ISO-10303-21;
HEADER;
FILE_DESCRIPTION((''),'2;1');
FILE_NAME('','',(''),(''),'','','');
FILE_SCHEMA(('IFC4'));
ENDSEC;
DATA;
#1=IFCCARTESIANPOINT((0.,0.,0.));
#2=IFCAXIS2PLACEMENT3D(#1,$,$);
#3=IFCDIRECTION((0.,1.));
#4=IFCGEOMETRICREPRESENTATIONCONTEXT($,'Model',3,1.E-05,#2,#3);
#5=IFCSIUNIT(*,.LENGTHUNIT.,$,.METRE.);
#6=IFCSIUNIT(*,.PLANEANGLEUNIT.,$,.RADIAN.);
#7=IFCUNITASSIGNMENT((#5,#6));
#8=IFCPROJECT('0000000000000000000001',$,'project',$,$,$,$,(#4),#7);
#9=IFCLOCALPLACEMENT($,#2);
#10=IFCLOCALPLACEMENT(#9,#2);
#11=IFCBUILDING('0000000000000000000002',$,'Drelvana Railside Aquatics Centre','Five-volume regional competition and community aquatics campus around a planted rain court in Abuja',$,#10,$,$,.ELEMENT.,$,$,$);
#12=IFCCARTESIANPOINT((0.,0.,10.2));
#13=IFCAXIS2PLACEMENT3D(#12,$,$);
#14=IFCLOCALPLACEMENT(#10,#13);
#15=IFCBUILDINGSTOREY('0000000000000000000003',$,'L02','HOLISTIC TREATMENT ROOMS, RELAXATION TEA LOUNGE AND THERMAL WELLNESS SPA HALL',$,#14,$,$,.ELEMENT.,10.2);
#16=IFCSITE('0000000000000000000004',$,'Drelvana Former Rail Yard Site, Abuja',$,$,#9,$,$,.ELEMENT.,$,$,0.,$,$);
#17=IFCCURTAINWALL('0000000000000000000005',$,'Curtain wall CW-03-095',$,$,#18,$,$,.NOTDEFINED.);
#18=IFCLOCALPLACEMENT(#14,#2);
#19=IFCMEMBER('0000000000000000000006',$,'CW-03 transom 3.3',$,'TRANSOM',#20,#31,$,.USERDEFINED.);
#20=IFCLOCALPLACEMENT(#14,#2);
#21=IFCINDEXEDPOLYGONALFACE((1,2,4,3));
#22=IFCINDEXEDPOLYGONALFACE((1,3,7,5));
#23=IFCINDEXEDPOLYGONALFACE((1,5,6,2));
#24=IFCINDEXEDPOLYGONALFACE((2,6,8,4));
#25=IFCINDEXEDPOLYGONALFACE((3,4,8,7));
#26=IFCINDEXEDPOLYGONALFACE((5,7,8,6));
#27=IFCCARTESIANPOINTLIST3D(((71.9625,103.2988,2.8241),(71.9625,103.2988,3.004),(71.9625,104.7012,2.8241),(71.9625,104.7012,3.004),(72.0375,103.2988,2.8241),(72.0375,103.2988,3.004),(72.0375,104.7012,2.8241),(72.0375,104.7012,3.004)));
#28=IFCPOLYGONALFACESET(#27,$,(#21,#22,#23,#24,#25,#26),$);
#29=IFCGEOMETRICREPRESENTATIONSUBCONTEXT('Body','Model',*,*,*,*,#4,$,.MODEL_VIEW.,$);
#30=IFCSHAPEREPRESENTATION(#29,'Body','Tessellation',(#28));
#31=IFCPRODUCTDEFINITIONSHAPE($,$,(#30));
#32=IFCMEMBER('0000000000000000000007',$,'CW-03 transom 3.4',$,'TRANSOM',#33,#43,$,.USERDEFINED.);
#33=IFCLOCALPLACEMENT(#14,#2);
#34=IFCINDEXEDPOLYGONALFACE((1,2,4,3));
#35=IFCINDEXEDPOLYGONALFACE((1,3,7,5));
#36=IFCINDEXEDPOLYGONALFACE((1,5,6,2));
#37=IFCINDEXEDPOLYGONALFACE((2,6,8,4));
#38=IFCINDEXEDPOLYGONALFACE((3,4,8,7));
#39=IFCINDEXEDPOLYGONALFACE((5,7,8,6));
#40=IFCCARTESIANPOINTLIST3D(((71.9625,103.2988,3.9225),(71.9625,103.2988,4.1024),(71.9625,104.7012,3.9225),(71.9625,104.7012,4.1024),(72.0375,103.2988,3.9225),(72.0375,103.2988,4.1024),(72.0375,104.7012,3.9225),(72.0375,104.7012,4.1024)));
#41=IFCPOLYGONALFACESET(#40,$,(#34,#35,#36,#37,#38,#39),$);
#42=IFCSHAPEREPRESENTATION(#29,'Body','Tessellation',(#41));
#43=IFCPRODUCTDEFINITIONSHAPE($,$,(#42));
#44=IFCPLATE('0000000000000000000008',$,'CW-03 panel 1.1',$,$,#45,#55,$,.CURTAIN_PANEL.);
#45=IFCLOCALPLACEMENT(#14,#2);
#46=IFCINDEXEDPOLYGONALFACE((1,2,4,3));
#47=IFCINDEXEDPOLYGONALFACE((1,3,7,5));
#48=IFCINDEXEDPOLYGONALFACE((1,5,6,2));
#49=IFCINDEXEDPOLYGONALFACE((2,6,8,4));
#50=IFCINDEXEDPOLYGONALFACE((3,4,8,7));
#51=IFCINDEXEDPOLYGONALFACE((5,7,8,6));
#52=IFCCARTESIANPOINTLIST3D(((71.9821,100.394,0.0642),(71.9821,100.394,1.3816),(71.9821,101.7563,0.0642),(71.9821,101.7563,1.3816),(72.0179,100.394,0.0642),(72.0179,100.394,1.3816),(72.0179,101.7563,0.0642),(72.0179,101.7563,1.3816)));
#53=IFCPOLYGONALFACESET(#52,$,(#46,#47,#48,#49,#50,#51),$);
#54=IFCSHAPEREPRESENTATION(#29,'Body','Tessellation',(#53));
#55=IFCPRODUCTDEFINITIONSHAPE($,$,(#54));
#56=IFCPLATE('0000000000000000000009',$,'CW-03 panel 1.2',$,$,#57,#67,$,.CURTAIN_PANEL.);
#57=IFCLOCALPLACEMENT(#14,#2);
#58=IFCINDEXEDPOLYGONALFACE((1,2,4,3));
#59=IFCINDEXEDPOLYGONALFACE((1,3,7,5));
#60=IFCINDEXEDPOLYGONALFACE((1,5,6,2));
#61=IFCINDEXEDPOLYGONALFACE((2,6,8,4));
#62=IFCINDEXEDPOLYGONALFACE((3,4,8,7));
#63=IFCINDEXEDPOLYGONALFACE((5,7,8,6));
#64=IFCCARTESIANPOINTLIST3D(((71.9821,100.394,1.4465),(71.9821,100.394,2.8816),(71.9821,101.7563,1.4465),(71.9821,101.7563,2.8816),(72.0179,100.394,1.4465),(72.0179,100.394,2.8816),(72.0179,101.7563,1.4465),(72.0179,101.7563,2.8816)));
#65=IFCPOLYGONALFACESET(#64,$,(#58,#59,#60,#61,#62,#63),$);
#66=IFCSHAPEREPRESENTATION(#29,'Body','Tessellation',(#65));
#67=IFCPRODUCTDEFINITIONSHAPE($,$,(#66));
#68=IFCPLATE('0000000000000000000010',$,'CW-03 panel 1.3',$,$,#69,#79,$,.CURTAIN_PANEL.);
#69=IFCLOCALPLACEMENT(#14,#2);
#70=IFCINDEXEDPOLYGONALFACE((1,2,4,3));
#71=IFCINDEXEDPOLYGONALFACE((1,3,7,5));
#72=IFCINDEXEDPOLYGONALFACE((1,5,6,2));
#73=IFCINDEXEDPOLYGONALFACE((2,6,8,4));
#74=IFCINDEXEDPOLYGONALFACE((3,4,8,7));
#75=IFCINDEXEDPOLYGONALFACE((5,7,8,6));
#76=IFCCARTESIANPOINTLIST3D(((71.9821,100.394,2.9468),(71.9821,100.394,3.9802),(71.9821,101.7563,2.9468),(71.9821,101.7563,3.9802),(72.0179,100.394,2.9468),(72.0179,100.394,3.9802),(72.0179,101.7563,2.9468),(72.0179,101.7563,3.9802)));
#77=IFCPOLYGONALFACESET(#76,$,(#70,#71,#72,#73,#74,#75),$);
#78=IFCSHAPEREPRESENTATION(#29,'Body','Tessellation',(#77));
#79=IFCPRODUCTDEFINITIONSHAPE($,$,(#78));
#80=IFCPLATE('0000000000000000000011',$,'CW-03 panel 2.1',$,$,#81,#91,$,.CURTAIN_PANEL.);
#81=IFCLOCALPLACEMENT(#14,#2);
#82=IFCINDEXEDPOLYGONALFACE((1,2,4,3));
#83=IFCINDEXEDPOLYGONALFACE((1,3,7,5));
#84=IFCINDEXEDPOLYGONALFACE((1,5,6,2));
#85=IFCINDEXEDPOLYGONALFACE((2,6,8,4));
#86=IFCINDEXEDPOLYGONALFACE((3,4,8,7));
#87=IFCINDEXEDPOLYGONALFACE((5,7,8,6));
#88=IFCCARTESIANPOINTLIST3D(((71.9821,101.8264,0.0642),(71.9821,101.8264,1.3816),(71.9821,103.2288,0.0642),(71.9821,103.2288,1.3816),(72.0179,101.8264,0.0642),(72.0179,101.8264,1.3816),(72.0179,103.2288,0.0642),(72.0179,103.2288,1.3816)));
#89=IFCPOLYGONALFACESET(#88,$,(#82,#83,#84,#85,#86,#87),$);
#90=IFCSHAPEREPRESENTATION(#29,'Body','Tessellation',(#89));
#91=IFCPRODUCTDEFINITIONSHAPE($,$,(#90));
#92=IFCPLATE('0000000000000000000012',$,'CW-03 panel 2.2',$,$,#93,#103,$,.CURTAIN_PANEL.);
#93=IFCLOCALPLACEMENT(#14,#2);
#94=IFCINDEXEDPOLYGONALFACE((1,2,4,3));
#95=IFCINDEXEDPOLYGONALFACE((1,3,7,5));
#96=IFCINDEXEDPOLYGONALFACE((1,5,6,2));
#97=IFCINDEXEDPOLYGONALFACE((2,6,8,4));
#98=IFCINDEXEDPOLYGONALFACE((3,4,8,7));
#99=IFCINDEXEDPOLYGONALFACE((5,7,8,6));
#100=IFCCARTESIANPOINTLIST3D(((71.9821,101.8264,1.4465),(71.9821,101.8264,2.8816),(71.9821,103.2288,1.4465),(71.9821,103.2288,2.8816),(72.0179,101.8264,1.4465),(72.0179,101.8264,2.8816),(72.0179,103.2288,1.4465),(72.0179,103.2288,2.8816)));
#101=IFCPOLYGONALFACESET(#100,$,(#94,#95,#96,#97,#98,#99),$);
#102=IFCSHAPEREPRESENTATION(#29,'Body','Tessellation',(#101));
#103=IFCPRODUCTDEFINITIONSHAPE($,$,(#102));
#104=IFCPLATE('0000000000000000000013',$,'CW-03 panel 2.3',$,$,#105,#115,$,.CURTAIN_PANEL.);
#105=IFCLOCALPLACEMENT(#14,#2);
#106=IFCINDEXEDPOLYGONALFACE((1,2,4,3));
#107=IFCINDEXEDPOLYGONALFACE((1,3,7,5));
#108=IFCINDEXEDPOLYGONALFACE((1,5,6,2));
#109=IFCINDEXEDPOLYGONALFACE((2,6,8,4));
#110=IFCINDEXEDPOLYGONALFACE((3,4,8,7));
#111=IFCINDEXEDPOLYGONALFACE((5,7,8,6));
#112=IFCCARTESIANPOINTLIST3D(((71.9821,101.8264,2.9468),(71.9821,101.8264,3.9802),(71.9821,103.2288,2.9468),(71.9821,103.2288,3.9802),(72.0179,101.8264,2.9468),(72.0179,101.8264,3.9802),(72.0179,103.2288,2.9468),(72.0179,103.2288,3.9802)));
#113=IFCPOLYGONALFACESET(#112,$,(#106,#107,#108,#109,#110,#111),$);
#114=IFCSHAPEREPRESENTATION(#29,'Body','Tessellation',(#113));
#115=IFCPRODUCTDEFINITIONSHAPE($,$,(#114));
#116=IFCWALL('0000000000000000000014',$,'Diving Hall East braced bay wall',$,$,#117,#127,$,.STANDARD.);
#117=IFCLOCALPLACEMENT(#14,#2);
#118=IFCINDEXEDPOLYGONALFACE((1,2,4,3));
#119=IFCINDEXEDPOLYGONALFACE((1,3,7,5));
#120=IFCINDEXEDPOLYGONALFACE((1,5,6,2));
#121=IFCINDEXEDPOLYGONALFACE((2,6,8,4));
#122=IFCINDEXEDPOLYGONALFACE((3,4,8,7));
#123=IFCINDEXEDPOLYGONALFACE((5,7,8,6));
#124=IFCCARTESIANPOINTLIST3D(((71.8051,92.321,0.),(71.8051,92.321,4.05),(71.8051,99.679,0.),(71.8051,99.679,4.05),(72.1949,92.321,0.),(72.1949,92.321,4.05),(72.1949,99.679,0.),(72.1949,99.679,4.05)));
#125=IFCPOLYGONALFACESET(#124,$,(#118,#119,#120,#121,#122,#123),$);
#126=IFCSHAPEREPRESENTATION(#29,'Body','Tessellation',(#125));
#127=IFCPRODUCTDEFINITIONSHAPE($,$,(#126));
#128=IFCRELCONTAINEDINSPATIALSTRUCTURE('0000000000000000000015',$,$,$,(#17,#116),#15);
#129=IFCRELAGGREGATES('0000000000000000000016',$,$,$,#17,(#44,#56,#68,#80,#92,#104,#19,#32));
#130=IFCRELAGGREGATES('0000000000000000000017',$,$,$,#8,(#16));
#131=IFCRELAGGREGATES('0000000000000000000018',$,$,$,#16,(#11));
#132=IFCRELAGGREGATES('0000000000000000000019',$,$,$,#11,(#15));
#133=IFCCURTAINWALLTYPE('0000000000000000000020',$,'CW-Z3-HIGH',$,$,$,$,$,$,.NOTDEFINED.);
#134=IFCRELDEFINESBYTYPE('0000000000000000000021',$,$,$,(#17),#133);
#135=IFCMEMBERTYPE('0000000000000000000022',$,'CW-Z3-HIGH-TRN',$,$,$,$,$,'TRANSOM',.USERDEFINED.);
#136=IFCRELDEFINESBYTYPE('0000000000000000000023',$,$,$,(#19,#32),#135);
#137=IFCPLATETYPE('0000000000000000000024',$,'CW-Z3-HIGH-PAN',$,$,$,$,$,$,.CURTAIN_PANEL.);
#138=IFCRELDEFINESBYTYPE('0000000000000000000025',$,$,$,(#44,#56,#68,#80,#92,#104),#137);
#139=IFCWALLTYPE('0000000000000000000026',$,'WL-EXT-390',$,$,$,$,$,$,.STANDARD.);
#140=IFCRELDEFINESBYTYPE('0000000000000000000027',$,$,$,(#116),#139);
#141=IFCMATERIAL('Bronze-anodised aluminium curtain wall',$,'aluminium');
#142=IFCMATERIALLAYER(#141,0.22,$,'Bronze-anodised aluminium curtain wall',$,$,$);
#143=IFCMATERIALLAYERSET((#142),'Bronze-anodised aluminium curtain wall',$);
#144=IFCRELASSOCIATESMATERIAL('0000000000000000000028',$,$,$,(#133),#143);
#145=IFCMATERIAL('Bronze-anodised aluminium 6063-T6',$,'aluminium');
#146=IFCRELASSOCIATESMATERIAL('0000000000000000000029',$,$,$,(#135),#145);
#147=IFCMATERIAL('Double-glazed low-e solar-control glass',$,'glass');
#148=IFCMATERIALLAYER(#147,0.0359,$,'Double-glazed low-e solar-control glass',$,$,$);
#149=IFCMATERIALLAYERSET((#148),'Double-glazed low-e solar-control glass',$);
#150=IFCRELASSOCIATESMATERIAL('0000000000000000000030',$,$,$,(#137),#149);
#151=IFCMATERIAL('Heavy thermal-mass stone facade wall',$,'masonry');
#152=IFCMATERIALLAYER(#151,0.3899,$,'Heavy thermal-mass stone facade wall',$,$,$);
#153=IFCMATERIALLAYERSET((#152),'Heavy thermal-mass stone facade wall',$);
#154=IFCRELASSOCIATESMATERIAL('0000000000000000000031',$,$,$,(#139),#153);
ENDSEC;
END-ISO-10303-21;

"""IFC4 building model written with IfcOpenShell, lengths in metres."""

from ifc_helpers import new_model, si_unit, direction, frame, frame_2d, origin, origin_2d, place, context, subcontext, project, spatial, rectangle, extrude, material, layer, layer_set, material_profile, profile_set, type_object, element, aggregate, save


model = new_model("IFC4")

# Units and contexts
model_context = context("Model", 3, precision=1e-05, world=origin(), true_north=direction((0.0, 1.0)))
body_context = subcontext(model_context, "Body", "Model", "MODEL_VIEW")
ifc_project = project(units=[si_unit("LENGTHUNIT", "METRE"), si_unit("PLANEANGLEUNIT", "RADIAN")], contexts=[model_context])

# Site, building, storey
site_placement = place(None, origin())
site = spatial("IfcSite", under=ifc_project, at=site_placement, Name="Drelvana Former Rail Yard Site, Abuja", CompositionType="ELEMENT", RefElevation=0.0)
building_placement = place(site_placement, origin())
building = spatial("IfcBuilding", under=site, at=building_placement, Name="Drelvana Railside Aquatics Centre", Description="Five-volume regional competition and community aquatics campus around a planted rain court in Abuja", CompositionType="ELEMENT")
storey_placement = place(building_placement, frame((0.0, 0.0, 10.2)))
storey = spatial("IfcBuildingStorey", under=building, at=storey_placement, Name="L02", Description="HOLISTIC TREATMENT ROOMS, RELAXATION TEA LOUNGE AND THERMAL WELLNESS SPA HALL", CompositionType="ELEMENT", Elevation=10.2)

# Curtain wall, members, plates
ifc_material_1 = material(Name="Bronze-anodised aluminium curtain wall", Category="aluminium")
ifc_layer_1 = layer(ifc_material_1, 0.22, Name="Bronze-anodised aluminium curtain wall")
ifc_layer_set_1 = layer_set([ifc_layer_1], Name="Bronze-anodised aluminium curtain wall")
curtain_wall_type = type_object("IfcCurtainWallType", Name="CW-Z3-HIGH", PredefinedType="NOTDEFINED", material=ifc_layer_set_1)
curtain_wall_placement = place(storey_placement, origin())
curtain_wall = element("IfcCurtainWall", 1, at=curtain_wall_placement, inside=storey, type_object=curtain_wall_type, Name="Curtain wall CW-03-095", PredefinedType="NOTDEFINED")
ifc_material_2 = material(Name="Bronze-anodised aluminium 6063-T6", Category="aluminium")
ifc_material_profile_1 = material_profile(ifc_material_2, rectangle(XDim=0.1799, YDim=0.075, at=origin_2d()), Name="ALU-T 75x180")
ifc_profile_set_1 = profile_set([ifc_material_profile_1], Name="Bronze-anodised aluminium 6063-T6")
member_type_1 = type_object("IfcMemberType", Name="CW-Z3-HIGH-TRN", ElementType="TRANSOM", PredefinedType="USERDEFINED", material=ifc_profile_set_1)
member_1_placement = place(storey_placement, frame((72.0, 103.2988, 2.9141), z_axis=(0.0, 1.0, 0.0), x_axis=(0.0, 0.0, 1.0)))
member_1 = element("IfcMember", 2, at=member_1_placement, type_object=member_type_1, Name="CW-03 transom 3.3", ObjectType="TRANSOM", PredefinedType="USERDEFINED", context=body_context, shape_type="SweptSolid", body=[
    extrude(rectangle(XDim=0.1799, YDim=0.075, at=origin_2d()), origin(), (0.0, 0.0, 1.0), 1.4023),
])
member_2_placement = place(storey_placement, frame((72.0, 103.2988, 4.0125), z_axis=(0.0, 1.0, 0.0), x_axis=(0.0, 0.0, 1.0)))
member_2 = element("IfcMember", 3, at=member_2_placement, type_object=member_type_1, Name="CW-03 transom 3.4", ObjectType="TRANSOM", PredefinedType="USERDEFINED", context=body_context, shape_type="SweptSolid", body=[
    extrude(rectangle(XDim=0.1799, YDim=0.075, at=origin_2d()), origin(), (0.0, 0.0, 1.0), 1.4023),
])
ifc_material_3 = material(Name="Double-glazed low-e solar-control glass", Category="glass")
ifc_layer_2 = layer(ifc_material_3, 0.0359, Name="Double-glazed low-e solar-control glass")
ifc_layer_set_2 = layer_set([ifc_layer_2], Name="Double-glazed low-e solar-control glass")
plate_type = type_object("IfcPlateType", Name="CW-Z3-HIGH-PAN", PredefinedType="CURTAIN_PANEL", material=ifc_layer_set_2)
plate_1_placement = place(storey_placement, frame((72.0, 101.0752, 0.0642), z_axis=(0.0, 0.0, 1.0), x_axis=(0.0, 1.0, 0.0)))
plate_1 = element("IfcPlate", 4, at=plate_1_placement, type_object=plate_type, Name="CW-03 panel 1.1", PredefinedType="CURTAIN_PANEL", context=body_context, shape_type="SweptSolid", body=[
    extrude(rectangle(XDim=1.3623, YDim=0.0359, at=origin_2d()), origin(), (0.0, 0.0, 1.0), 1.3174),
])
plate_2_placement = place(storey_placement, frame((72.0, 101.0752, 1.4465), z_axis=(0.0, 0.0, 1.0), x_axis=(0.0, 1.0, 0.0)))
plate_2 = element("IfcPlate", 5, at=plate_2_placement, type_object=plate_type, Name="CW-03 panel 1.2", PredefinedType="CURTAIN_PANEL", context=body_context, shape_type="SweptSolid", body=[
    extrude(rectangle(XDim=1.3623, YDim=0.0359, at=origin_2d()), origin(), (0.0, 0.0, 1.0), 1.4351),
])
plate_3_placement = place(storey_placement, frame((72.0, 101.0752, 2.9468), z_axis=(0.0, 0.0, 1.0), x_axis=(0.0, 1.0, 0.0)))
plate_3 = element("IfcPlate", 6, at=plate_3_placement, type_object=plate_type, Name="CW-03 panel 1.3", PredefinedType="CURTAIN_PANEL", context=body_context, shape_type="SweptSolid", body=[
    extrude(rectangle(XDim=1.3623, YDim=0.0359, at=origin_2d()), origin(), (0.0, 0.0, 1.0), 1.0334),
])
plate_4_placement = place(storey_placement, frame((72.0, 102.5276, 0.0642), z_axis=(0.0, 0.0, 1.0), x_axis=(0.0, 1.0, 0.0)))
plate_4 = element("IfcPlate", 7, at=plate_4_placement, type_object=plate_type, Name="CW-03 panel 2.1", PredefinedType="CURTAIN_PANEL", context=body_context, shape_type="SweptSolid", body=[
    extrude(rectangle(XDim=1.4023, YDim=0.0359, at=origin_2d()), origin(), (0.0, 0.0, 1.0), 1.3174),
])
plate_5_placement = place(storey_placement, frame((72.0, 102.5276, 1.4465), z_axis=(0.0, 0.0, 1.0), x_axis=(0.0, 1.0, 0.0)))
plate_5 = element("IfcPlate", 8, at=plate_5_placement, type_object=plate_type, Name="CW-03 panel 2.2", PredefinedType="CURTAIN_PANEL", context=body_context, shape_type="SweptSolid", body=[
    extrude(rectangle(XDim=1.4023, YDim=0.0359, at=origin_2d()), origin(), (0.0, 0.0, 1.0), 1.4351),
])
plate_6_placement = place(storey_placement, frame((72.0, 102.5276, 2.9468), z_axis=(0.0, 0.0, 1.0), x_axis=(0.0, 1.0, 0.0)))
plate_6 = element("IfcPlate", 9, at=plate_6_placement, type_object=plate_type, Name="CW-03 panel 2.3", PredefinedType="CURTAIN_PANEL", context=body_context, shape_type="SweptSolid", body=[
    extrude(rectangle(XDim=1.4023, YDim=0.0359, at=origin_2d()), origin(), (0.0, 0.0, 1.0), 1.0334),
])
aggregate(curtain_wall, [plate_1, plate_2, plate_3, plate_4, plate_5, plate_6, member_1, member_2])

# Wall
ifc_material_4 = material(Name="Heavy thermal-mass stone facade wall", Category="masonry")
ifc_layer_3 = layer(ifc_material_4, 0.3899, Name="Heavy thermal-mass stone facade wall")
ifc_layer_set_3 = layer_set([ifc_layer_3], Name="Heavy thermal-mass stone facade wall")
wall_type = type_object("IfcWallType", Name="WL-EXT-390", PredefinedType="STANDARD", material=ifc_layer_set_3)
wall_placement = place(storey_placement, frame((72.0, 92.321, 0.0), z_axis=(0.0, 0.0, 1.0), x_axis=(0.0, 1.0, 0.0)))
element("IfcWall", 10, at=wall_placement, inside=storey, type_object=wall_type, Name="Diving Hall East braced bay wall", PredefinedType="STANDARD", context=body_context, shape_type="SweptSolid", body=[
    extrude(rectangle(XDim=7.3579, YDim=0.3899, at=frame_2d((3.679, 0.0))), origin(), (0.0, 0.0, 1.0), 4.05),
])

save(model, "model.ifc")
